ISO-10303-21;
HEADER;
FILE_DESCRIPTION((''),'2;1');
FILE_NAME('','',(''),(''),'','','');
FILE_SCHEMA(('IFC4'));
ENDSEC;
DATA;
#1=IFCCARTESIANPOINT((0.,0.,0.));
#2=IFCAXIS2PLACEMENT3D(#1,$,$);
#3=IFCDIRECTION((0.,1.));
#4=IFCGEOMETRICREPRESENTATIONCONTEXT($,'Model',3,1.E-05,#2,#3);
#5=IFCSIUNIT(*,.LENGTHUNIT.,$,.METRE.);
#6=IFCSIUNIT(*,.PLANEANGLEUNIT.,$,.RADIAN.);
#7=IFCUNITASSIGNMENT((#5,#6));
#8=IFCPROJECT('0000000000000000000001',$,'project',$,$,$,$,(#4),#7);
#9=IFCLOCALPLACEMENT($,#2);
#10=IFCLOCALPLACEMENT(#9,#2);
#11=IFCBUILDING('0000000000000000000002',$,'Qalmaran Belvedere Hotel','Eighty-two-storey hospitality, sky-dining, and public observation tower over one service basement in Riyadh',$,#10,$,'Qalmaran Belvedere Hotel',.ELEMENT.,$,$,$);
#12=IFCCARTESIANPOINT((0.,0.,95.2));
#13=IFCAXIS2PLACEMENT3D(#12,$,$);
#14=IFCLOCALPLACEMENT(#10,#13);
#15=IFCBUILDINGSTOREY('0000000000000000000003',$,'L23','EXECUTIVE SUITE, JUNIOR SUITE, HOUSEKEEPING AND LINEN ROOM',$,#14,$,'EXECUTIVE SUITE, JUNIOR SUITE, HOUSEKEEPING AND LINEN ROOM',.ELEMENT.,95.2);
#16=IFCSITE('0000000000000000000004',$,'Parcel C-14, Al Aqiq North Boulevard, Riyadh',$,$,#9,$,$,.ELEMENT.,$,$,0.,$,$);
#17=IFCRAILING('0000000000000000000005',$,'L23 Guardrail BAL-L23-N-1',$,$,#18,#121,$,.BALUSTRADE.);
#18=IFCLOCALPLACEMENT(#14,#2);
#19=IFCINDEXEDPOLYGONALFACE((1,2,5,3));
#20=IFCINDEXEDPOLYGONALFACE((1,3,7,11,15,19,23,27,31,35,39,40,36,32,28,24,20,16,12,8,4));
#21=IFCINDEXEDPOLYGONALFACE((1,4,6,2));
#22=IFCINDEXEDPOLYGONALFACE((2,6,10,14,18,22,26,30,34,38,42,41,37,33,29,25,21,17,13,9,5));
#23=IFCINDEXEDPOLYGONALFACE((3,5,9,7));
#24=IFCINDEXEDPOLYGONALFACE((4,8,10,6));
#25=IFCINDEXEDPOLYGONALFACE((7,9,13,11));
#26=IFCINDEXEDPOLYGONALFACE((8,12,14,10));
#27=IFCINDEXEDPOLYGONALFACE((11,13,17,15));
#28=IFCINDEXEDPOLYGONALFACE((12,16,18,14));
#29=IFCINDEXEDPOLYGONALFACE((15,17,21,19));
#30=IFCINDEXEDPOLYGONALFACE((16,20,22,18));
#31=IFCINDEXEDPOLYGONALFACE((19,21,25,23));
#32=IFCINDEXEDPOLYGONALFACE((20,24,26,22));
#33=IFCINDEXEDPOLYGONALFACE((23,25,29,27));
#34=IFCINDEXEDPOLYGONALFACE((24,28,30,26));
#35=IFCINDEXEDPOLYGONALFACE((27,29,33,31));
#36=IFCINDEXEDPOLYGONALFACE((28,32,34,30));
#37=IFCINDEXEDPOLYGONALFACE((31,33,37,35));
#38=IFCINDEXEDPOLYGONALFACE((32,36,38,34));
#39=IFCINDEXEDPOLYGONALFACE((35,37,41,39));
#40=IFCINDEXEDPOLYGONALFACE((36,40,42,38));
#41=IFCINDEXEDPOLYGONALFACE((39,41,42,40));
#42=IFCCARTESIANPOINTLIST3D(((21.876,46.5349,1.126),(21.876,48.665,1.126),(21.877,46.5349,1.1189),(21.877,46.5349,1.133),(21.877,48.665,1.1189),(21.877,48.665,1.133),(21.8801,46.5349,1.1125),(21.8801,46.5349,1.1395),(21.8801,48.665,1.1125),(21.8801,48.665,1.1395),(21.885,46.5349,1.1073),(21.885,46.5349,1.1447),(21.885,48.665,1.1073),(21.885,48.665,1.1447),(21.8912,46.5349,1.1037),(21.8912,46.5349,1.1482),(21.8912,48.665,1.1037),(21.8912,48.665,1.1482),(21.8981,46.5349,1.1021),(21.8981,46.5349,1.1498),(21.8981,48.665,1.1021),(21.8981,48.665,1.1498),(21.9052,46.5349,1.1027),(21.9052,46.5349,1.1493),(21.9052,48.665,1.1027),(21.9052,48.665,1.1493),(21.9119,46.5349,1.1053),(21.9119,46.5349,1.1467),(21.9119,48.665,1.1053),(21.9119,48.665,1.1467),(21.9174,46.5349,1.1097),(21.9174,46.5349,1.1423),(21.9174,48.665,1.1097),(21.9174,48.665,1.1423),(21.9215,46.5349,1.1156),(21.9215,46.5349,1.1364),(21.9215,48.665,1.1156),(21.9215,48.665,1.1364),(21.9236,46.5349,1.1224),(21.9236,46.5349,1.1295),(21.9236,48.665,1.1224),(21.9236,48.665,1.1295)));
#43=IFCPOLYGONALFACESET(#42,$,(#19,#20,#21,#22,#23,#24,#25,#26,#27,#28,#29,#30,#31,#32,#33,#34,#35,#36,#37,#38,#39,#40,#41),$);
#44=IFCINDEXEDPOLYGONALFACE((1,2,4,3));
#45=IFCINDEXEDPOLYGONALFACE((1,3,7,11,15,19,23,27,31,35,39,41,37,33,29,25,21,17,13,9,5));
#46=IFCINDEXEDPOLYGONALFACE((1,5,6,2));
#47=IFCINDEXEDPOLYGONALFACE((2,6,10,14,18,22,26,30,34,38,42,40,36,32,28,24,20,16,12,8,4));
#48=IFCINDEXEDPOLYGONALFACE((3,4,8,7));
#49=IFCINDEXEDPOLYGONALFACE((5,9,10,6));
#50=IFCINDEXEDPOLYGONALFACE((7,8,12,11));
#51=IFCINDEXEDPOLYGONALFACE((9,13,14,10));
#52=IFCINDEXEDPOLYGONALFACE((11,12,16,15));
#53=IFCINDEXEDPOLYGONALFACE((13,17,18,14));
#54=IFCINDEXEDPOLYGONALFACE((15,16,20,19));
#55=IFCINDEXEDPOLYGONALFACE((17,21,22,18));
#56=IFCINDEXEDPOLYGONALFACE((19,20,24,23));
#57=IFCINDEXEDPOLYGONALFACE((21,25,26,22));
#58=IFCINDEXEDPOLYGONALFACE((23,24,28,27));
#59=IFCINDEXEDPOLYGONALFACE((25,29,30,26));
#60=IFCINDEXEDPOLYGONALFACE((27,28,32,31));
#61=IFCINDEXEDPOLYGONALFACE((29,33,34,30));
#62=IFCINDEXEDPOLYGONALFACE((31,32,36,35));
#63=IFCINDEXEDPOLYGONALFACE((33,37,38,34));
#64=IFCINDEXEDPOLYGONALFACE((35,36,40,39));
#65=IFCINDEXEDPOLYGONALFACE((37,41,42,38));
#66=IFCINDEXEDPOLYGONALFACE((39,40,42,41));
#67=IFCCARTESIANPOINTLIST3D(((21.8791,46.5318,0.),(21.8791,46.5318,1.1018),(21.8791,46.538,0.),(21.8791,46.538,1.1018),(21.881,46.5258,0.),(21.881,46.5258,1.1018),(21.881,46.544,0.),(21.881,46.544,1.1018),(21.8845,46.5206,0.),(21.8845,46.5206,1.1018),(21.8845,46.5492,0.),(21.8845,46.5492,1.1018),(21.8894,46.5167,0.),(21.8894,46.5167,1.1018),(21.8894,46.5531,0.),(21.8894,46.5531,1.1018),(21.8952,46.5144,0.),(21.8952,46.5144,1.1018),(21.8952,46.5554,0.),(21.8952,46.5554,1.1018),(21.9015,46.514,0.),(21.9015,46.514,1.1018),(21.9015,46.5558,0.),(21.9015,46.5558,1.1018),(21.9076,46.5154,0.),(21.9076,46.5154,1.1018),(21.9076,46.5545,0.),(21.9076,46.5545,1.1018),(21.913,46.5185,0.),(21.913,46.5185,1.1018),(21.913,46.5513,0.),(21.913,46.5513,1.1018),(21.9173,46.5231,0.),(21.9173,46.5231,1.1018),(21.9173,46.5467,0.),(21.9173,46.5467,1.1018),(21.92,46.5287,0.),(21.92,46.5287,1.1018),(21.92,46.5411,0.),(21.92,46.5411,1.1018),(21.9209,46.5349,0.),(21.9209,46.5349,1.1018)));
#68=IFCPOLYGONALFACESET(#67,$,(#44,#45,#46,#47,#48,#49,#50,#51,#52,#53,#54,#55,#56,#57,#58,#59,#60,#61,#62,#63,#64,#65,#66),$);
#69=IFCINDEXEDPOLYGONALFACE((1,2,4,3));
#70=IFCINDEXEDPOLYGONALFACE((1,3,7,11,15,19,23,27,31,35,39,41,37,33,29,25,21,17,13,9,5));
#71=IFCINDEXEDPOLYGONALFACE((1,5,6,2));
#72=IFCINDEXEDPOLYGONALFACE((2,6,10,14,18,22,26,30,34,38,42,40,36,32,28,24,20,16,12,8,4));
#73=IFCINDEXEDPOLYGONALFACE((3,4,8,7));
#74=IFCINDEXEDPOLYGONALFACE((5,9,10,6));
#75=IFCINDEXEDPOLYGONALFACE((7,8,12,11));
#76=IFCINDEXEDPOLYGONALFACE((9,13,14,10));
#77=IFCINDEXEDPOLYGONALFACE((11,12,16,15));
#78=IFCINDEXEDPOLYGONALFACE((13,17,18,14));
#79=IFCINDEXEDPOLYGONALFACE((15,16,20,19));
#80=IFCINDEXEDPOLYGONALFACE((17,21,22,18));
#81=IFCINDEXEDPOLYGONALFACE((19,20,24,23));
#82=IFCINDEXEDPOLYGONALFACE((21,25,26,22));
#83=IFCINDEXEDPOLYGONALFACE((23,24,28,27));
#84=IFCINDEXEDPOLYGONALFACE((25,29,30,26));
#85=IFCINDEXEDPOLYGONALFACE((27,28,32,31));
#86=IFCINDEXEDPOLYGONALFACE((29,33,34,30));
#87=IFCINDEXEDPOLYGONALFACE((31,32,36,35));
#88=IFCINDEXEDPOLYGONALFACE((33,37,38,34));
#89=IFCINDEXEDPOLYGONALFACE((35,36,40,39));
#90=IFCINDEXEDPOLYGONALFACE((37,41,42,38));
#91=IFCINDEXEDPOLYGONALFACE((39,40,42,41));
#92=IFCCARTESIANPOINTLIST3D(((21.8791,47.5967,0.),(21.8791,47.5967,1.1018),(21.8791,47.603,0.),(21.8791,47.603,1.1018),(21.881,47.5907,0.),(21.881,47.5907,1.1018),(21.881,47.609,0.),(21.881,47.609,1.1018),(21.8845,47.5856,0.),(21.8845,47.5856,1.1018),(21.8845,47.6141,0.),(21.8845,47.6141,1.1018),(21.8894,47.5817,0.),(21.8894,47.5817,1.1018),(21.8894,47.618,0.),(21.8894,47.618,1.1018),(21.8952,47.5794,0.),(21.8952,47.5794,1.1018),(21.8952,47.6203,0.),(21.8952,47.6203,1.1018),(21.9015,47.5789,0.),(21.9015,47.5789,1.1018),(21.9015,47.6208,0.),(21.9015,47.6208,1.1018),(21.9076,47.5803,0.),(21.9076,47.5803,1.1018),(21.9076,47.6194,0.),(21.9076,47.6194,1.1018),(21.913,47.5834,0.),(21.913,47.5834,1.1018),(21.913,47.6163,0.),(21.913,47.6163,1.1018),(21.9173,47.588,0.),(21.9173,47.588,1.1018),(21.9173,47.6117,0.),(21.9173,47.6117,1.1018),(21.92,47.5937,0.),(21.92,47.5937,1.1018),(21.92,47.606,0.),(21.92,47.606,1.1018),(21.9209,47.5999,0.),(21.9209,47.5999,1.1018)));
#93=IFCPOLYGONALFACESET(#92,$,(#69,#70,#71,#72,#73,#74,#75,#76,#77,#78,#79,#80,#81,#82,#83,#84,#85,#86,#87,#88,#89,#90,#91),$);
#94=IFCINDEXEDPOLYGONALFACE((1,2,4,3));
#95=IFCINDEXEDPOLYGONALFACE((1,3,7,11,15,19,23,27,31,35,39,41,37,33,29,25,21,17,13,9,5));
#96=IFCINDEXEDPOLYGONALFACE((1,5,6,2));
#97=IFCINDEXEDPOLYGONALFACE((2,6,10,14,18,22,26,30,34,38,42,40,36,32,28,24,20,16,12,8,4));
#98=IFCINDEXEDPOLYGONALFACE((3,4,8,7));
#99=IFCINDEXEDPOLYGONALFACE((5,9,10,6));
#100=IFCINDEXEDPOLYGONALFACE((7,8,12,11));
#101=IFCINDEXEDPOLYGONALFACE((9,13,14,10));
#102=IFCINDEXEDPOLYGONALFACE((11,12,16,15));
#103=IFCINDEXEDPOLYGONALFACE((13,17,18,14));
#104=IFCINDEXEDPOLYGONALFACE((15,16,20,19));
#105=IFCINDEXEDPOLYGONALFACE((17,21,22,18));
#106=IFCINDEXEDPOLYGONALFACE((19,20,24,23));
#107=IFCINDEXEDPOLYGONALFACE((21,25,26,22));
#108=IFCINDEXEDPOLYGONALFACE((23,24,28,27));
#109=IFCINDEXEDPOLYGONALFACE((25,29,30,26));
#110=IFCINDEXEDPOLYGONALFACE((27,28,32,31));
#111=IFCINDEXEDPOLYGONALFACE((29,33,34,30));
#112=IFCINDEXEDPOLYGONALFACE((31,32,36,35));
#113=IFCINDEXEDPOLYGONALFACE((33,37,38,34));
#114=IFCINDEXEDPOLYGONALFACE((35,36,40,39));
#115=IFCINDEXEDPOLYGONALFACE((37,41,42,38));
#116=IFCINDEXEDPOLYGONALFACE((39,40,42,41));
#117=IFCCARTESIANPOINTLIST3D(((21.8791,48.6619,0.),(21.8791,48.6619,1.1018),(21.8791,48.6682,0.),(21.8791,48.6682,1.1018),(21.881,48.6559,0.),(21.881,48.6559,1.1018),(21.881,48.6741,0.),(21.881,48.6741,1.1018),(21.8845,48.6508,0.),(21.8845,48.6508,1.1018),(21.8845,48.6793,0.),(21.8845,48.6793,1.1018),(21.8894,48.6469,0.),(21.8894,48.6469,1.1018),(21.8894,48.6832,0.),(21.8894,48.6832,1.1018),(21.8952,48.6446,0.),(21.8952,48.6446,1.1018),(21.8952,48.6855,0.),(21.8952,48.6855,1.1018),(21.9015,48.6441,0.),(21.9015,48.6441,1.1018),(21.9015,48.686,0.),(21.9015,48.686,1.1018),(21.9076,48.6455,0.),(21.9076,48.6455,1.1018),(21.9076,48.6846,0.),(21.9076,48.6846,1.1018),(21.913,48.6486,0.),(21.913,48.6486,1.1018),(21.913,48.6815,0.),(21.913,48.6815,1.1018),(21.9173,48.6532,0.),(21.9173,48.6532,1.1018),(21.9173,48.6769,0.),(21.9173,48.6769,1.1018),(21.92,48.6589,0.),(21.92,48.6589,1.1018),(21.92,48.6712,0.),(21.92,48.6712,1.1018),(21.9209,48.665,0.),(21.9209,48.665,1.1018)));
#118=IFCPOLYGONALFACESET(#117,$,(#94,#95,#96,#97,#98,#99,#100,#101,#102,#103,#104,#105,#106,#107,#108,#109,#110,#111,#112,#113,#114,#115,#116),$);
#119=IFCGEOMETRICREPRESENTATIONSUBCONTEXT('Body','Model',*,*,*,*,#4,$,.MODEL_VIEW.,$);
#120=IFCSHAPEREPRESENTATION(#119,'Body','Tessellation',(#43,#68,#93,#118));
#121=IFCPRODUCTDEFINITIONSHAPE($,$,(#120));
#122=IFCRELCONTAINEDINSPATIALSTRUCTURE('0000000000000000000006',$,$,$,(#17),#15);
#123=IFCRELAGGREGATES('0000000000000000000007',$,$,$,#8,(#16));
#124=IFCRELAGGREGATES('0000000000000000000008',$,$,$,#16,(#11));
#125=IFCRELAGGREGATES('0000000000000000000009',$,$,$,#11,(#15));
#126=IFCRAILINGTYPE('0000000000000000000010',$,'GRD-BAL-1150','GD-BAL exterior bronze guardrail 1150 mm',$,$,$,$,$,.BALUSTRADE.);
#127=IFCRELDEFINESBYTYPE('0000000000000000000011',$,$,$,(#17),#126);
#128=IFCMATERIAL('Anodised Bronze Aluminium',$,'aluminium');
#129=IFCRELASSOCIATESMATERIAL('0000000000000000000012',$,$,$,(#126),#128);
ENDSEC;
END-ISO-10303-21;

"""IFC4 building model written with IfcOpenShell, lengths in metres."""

from ifc_helpers import new_model, si_unit, direction, frame, origin, origin_2d, place, context, subcontext, project, spatial, circle, extrude, material, type_object, element, save


model = new_model("IFC4")

# Units and contexts
model_context = context("Model", 3, precision=1e-05, world=origin(), true_north=direction((0.0, 1.0)))
body_context = subcontext(model_context, "Body", "Model", "MODEL_VIEW")
ifc_project = project(units=[si_unit("LENGTHUNIT", "METRE"), si_unit("PLANEANGLEUNIT", "RADIAN")], contexts=[model_context])

# Site, building, storey
site_placement = place(None, origin())
site = spatial("IfcSite", under=ifc_project, at=site_placement, Name="Parcel C-14, Al Aqiq North Boulevard, Riyadh", CompositionType="ELEMENT", RefElevation=0.0)
building_placement = place(site_placement, origin())
building = spatial("IfcBuilding", under=site, at=building_placement, Name="Qalmaran Belvedere Hotel", Description="Eighty-two-storey hospitality, sky-dining, and public observation tower over one service basement in Riyadh", LongName="Qalmaran Belvedere Hotel", CompositionType="ELEMENT")
storey_placement = place(building_placement, frame((0.0, 0.0, 95.2)))
storey = spatial("IfcBuildingStorey", under=building, at=storey_placement, Name="L23", Description="EXECUTIVE SUITE, JUNIOR SUITE, HOUSEKEEPING AND LINEN ROOM", LongName="EXECUTIVE SUITE, JUNIOR SUITE, HOUSEKEEPING AND LINEN ROOM", CompositionType="ELEMENT", Elevation=95.2)

# Shared definitions
ifc_material_1 = material(Name="Anodised Bronze Aluminium", Category="aluminium")

# Railing
railing_type = type_object("IfcRailingType", Name="GRD-BAL-1150", Description="GD-BAL exterior bronze guardrail 1150 mm", PredefinedType="BALUSTRADE", material=ifc_material_1)
railing_1_placement = place(storey_placement, frame((21.8999, 46.5349, 0.0)))
element("IfcRailing", 1, at=railing_1_placement, inside=storey, type_object=railing_type, Name="L23 Guardrail BAL-L23-N-1", PredefinedType="BALUSTRADE", context=body_context, shape_type="SweptSolid", body=[
    extrude(circle(Radius=0.0239, at=origin_2d()), frame((0.0, 0.0, 1.126), z_axis=(0.0, 1.0, 0.0), x_axis=(-1.0, 0.0, 0.0)), (0.0, 0.0, 1.0), 2.1301),
    extrude(circle(Radius=0.021, at=origin_2d()), origin(), (0.0, 0.0, 1.0), 1.1018),
    extrude(circle(Radius=0.021, at=origin_2d()), frame((0.0, 1.0649, 0.0)), (0.0, 0.0, 1.0), 1.1018),
    extrude(circle(Radius=0.021, at=origin_2d()), frame((0.0, 2.1301, 0.0)), (0.0, 0.0, 1.0), 1.1018),
])

save(model, "model.ifc")
